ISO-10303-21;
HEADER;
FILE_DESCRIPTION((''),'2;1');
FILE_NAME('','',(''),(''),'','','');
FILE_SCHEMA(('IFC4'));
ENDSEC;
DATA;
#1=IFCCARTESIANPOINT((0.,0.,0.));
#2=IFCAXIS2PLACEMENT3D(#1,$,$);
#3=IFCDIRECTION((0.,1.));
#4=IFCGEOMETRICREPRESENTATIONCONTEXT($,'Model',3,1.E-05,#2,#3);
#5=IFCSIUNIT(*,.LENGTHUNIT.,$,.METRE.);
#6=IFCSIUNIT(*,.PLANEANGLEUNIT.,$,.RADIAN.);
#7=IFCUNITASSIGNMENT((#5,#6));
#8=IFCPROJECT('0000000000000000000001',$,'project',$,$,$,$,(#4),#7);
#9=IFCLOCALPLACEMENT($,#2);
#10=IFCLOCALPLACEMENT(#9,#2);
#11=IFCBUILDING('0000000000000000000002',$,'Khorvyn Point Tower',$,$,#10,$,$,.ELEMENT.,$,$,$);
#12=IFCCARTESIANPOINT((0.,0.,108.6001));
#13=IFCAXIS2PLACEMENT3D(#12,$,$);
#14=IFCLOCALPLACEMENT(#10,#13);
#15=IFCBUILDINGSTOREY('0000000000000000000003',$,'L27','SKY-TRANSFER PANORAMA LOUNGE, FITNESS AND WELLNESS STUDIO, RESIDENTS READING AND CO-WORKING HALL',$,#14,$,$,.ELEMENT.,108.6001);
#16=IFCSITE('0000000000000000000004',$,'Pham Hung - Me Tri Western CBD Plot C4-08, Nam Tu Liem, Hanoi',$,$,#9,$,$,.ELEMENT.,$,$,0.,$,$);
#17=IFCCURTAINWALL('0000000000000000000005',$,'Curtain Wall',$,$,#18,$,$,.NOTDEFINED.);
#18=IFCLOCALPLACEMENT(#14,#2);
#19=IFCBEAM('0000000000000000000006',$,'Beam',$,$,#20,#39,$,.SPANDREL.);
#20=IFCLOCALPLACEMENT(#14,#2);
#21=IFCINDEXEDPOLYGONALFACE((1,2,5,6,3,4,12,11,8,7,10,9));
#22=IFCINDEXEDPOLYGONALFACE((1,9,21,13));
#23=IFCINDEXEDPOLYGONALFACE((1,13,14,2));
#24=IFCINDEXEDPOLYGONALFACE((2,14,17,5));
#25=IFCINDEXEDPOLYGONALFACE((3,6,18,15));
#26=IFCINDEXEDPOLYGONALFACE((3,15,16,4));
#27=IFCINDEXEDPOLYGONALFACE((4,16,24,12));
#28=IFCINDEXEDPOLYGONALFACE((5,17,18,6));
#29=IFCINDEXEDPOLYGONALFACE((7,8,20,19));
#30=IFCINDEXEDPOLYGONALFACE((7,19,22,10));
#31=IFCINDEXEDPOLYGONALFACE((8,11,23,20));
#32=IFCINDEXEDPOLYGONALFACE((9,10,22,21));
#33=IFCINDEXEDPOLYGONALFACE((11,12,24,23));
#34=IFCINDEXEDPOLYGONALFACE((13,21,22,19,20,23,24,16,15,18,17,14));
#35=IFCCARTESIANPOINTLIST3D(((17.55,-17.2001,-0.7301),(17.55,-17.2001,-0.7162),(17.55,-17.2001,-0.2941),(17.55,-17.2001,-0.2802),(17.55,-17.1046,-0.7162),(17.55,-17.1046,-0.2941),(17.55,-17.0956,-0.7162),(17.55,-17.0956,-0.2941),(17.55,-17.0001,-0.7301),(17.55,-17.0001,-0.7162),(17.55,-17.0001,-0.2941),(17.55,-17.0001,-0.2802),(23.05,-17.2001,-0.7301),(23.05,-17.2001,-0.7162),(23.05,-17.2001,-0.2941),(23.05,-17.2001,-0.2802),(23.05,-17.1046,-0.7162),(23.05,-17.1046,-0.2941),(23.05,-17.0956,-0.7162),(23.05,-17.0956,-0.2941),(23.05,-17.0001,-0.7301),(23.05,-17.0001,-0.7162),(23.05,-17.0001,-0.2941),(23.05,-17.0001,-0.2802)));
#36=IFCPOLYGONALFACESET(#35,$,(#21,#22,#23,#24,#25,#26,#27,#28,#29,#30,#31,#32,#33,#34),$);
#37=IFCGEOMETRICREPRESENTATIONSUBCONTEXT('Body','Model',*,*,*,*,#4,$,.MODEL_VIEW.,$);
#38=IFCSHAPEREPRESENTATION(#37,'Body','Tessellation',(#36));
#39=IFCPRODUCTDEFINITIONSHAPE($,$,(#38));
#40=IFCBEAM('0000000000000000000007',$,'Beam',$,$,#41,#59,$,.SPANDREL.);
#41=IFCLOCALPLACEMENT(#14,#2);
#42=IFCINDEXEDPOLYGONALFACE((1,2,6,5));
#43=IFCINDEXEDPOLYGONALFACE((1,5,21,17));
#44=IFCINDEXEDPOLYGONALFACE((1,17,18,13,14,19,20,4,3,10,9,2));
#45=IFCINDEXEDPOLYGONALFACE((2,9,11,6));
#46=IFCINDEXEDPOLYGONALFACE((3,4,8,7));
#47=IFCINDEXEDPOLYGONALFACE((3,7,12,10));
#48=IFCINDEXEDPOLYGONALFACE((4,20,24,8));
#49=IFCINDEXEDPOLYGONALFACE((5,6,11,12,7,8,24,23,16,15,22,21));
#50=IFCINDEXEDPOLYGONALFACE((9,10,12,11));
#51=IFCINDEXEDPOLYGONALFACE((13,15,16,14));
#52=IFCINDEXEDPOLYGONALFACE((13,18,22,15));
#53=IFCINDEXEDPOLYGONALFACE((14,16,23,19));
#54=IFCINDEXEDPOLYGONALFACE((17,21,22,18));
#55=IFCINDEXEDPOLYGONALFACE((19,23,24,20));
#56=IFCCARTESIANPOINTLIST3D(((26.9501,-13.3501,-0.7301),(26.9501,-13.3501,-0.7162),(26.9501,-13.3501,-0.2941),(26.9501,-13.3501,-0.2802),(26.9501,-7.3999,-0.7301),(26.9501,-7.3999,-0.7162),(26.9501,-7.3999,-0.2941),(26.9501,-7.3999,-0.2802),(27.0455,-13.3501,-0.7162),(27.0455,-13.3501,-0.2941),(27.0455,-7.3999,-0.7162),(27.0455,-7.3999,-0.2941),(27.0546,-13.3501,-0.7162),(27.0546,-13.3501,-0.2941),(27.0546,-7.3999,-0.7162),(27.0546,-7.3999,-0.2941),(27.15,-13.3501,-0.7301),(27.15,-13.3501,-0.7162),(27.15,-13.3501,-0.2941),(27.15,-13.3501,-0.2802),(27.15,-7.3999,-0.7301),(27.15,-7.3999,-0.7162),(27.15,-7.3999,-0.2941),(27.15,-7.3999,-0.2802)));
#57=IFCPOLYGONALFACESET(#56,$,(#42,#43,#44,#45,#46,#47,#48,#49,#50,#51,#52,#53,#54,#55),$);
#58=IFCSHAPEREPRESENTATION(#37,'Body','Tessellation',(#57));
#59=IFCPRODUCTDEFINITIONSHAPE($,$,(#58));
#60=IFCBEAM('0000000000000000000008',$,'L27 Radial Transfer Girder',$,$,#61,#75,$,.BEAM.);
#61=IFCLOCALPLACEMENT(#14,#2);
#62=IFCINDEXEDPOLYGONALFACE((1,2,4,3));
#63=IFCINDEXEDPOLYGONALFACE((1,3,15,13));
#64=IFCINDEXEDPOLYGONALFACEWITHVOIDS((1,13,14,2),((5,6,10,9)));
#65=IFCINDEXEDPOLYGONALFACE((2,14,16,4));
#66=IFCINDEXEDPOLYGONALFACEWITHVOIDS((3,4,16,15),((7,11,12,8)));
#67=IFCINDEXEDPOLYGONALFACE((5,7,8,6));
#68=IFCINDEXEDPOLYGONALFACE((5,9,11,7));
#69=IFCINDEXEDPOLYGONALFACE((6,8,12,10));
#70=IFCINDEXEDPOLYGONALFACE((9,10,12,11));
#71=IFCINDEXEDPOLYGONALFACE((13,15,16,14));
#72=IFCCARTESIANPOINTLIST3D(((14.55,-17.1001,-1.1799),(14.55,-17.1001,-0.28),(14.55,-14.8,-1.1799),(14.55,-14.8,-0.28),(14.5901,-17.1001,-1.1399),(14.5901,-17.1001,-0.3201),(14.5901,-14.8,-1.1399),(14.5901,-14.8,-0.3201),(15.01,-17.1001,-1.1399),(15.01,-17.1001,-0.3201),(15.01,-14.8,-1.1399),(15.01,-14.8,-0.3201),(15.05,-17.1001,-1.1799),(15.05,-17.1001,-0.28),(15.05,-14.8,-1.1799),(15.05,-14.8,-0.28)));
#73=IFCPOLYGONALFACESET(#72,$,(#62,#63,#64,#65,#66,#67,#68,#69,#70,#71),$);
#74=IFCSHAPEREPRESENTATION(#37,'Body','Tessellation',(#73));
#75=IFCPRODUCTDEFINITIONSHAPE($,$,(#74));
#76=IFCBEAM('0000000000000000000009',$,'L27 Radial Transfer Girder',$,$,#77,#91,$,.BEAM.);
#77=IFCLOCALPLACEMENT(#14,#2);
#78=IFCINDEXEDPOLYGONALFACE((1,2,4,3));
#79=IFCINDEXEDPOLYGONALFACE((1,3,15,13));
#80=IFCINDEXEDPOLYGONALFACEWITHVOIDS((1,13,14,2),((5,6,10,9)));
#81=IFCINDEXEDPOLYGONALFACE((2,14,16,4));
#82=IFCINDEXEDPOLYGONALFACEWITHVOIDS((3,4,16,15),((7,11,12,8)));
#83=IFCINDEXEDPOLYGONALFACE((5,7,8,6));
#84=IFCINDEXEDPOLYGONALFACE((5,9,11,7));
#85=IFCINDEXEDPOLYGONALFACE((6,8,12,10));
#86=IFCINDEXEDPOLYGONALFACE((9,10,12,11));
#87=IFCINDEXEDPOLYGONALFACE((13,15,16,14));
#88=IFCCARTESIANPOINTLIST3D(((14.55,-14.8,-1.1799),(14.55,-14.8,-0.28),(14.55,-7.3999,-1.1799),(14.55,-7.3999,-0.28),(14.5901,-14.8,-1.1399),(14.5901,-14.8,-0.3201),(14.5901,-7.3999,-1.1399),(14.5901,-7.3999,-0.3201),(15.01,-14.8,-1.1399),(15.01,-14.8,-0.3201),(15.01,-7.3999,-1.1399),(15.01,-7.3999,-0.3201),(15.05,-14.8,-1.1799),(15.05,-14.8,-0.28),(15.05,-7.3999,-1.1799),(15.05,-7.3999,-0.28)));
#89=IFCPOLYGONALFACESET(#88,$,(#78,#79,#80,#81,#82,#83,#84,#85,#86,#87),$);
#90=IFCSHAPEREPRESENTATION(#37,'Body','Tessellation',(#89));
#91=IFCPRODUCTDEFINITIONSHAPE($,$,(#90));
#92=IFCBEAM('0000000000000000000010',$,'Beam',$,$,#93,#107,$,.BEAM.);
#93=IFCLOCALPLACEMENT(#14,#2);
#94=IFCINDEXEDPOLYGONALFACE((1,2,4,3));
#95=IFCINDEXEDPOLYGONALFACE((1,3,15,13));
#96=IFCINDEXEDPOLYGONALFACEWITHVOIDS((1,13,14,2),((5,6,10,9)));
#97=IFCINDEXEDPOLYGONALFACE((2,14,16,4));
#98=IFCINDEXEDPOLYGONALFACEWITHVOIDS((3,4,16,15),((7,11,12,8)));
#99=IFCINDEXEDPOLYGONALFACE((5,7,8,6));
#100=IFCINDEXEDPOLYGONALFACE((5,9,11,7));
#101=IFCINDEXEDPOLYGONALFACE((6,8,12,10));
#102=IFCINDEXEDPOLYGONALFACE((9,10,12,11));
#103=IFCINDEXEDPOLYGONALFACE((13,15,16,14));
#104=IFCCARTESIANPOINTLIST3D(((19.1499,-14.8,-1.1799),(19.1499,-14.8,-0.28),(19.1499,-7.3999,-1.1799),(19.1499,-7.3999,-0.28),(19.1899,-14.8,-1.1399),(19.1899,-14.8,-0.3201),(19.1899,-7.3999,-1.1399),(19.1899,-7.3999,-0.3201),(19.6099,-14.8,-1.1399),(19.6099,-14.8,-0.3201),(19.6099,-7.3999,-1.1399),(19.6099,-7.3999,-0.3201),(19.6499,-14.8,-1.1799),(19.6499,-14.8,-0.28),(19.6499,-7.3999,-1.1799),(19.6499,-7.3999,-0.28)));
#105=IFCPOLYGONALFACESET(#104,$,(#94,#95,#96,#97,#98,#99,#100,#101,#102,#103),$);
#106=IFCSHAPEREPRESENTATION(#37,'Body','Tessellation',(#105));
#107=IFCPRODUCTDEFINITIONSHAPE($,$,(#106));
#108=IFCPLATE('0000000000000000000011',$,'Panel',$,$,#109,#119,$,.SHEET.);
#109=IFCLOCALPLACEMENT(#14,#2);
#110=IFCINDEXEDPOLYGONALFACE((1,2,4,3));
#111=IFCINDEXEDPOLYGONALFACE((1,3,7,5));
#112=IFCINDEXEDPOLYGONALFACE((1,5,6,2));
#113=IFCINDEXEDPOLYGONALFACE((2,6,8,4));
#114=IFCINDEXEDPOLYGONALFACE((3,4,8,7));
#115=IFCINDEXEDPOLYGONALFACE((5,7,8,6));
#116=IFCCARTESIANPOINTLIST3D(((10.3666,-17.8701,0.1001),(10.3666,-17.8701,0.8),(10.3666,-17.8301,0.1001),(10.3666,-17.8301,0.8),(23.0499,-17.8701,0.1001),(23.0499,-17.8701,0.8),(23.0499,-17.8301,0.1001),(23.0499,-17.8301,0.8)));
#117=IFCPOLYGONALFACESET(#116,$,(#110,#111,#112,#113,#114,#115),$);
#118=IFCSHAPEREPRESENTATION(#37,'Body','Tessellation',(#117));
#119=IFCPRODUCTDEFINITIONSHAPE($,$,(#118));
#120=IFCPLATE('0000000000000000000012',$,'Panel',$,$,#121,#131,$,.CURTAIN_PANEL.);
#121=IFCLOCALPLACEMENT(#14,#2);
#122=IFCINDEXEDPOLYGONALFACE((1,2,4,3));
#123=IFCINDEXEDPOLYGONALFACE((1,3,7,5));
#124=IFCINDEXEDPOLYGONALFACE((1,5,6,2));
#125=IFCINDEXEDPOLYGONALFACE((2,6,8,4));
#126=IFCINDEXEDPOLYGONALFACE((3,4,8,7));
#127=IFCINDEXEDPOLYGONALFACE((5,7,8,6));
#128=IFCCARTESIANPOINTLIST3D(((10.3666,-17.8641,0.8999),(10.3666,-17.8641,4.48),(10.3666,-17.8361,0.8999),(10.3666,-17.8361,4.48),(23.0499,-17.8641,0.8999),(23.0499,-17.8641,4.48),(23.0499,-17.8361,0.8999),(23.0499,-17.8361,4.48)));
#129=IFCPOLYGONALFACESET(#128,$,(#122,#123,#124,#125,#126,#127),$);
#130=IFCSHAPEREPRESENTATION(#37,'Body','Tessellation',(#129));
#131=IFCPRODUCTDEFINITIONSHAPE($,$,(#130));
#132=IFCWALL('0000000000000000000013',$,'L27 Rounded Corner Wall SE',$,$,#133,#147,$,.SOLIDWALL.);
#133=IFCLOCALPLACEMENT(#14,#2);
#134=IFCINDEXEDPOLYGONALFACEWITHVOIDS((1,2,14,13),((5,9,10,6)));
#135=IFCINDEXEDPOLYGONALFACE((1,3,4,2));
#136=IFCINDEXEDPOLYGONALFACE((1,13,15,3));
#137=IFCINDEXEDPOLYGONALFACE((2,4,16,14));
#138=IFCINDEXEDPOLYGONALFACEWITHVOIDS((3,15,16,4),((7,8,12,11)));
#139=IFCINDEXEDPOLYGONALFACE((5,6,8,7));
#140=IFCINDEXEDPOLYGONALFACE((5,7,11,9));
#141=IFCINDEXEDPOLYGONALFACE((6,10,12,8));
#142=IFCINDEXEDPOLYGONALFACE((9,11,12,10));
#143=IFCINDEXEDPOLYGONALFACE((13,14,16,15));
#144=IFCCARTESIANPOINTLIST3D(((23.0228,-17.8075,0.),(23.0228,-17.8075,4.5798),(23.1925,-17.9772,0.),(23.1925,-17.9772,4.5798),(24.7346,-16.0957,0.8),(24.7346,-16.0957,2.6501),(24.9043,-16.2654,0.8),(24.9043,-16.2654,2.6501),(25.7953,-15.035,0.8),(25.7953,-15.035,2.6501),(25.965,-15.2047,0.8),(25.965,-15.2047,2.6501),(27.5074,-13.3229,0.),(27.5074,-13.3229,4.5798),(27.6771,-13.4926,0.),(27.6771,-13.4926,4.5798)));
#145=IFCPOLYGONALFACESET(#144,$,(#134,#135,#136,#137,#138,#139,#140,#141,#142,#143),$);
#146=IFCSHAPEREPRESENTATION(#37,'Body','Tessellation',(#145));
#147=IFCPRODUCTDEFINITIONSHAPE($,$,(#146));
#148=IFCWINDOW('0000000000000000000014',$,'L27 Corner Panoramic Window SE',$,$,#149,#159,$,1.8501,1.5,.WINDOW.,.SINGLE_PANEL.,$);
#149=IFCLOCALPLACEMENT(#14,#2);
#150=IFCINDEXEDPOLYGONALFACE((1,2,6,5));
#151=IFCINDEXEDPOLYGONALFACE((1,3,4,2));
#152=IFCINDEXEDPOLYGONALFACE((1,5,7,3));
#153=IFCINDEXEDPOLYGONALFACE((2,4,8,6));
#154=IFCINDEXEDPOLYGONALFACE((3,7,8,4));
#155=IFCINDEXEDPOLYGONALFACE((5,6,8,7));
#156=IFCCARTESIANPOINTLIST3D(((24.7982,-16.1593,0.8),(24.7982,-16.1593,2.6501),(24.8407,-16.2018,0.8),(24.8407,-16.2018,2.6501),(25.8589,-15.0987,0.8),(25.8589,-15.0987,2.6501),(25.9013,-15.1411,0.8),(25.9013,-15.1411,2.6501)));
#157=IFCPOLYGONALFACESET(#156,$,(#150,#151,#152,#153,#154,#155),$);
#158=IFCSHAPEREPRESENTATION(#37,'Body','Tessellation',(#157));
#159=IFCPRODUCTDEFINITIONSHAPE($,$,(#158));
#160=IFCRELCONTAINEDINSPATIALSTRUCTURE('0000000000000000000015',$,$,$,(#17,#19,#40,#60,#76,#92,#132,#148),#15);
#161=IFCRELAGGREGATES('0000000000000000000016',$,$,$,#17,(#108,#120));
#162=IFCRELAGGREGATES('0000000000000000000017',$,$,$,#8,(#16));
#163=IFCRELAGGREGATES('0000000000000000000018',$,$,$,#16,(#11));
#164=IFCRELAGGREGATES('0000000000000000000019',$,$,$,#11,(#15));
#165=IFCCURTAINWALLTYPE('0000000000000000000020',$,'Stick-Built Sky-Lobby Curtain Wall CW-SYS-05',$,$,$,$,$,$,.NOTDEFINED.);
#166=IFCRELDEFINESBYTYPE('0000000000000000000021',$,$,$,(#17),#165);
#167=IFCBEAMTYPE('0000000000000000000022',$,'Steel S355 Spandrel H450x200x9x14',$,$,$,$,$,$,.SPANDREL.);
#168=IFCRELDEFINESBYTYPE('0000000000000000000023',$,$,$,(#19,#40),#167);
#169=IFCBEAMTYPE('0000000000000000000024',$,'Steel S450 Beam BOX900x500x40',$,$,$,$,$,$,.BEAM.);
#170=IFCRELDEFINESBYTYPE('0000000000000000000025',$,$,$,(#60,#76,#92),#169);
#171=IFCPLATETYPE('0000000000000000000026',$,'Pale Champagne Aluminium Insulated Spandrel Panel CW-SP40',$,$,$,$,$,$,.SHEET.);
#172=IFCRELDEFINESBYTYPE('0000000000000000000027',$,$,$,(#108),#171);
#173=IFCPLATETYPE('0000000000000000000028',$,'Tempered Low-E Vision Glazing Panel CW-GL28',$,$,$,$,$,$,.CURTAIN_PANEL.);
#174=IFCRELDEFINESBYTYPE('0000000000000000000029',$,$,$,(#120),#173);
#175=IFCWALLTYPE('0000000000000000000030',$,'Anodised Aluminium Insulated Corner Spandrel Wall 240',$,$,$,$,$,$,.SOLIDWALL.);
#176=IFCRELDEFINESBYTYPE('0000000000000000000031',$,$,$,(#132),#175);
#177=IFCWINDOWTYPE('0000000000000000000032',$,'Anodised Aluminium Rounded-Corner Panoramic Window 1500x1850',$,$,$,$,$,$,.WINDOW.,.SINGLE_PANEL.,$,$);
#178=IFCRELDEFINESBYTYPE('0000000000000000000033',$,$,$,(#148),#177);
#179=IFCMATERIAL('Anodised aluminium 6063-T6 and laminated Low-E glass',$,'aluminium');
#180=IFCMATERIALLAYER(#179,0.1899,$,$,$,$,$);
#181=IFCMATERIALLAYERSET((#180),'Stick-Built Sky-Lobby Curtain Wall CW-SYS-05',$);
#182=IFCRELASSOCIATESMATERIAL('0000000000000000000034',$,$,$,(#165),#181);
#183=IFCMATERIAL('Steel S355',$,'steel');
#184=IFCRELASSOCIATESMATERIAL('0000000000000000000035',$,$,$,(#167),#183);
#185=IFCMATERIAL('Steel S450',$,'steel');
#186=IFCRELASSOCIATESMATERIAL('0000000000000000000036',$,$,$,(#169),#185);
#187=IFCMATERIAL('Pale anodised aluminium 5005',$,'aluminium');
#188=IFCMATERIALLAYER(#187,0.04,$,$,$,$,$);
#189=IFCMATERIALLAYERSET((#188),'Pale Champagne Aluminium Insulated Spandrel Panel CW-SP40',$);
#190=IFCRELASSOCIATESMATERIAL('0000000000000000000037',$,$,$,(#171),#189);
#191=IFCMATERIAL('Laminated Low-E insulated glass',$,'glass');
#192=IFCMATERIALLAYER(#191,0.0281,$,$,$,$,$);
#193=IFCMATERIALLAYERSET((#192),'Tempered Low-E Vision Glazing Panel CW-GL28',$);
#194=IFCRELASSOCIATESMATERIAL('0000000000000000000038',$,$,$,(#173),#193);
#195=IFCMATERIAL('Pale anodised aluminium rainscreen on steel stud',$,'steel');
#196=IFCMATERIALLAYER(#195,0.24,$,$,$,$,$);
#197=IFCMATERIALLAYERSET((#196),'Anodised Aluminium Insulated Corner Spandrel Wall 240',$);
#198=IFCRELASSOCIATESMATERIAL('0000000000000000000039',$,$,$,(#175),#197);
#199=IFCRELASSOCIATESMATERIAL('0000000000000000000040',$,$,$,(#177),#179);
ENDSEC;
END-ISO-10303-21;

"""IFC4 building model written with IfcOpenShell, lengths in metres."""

from ifc_helpers import new_model, si_unit, direction, frame, frame_2d, origin, origin_2d, place, context, subcontext, project, spatial, rectangle, hollow_rectangle, i_section, extrude, material, layer, layer_set, material_profile, profile_set, type_object, element, fill, aggregate, save


model = new_model("IFC4")

# Units and contexts
model_context = context("Model", 3, precision=1e-05, world=origin(), true_north=direction((0.0, 1.0)))
body_context = subcontext(model_context, "Body", "Model", "MODEL_VIEW")
ifc_project = project(units=[si_unit("LENGTHUNIT", "METRE"), si_unit("PLANEANGLEUNIT", "RADIAN")], contexts=[model_context])

# Site, building, storey
site_placement = place(None, origin())
site = spatial("IfcSite", under=ifc_project, at=site_placement, Name="Pham Hung - Me Tri Western CBD Plot C4-08, Nam Tu Liem, Hanoi", CompositionType="ELEMENT", RefElevation=0.0)
building_placement = place(site_placement, origin())
building = spatial("IfcBuilding", under=site, at=building_placement, Name="Khorvyn Point Tower", CompositionType="ELEMENT")
storey_placement = place(building_placement, frame((0.0, 0.0, 108.6001)))
storey = spatial("IfcBuildingStorey", under=building, at=storey_placement, Name="L27", Description="SKY-TRANSFER PANORAMA LOUNGE, FITNESS AND WELLNESS STUDIO, RESIDENTS READING AND CO-WORKING HALL", CompositionType="ELEMENT", Elevation=108.6001)

# Shared definitions
ifc_material_1 = material(Name="Steel S450", Category="steel")

# Curtain wall
ifc_material_2 = material(Name="Anodised aluminium 6063-T6 and laminated Low-E glass", Category="aluminium")
ifc_layer_1 = layer(ifc_material_2, 0.1899)
ifc_layer_set_1 = layer_set([ifc_layer_1], Name="Stick-Built Sky-Lobby Curtain Wall CW-SYS-05")
curtain_wall_type = type_object("IfcCurtainWallType", Name="Stick-Built Sky-Lobby Curtain Wall CW-SYS-05", PredefinedType="NOTDEFINED", material=ifc_layer_set_1)
curtain_wall_1_placement = place(storey_placement, origin())
curtain_wall_1 = element("IfcCurtainWall", 1, at=curtain_wall_1_placement, inside=storey, type_object=curtain_wall_type, Name="Curtain Wall", PredefinedType="NOTDEFINED")

# Beams
ifc_material_3 = material(Name="Steel S355", Category="steel")
ifc_material_profile_1 = material_profile(ifc_material_3, i_section(OverallWidth=0.2, OverallDepth=0.45, WebThickness=0.009, FlangeThickness=0.0139, at=origin_2d()))
ifc_profile_set_1 = profile_set([ifc_material_profile_1], Name="Steel S355 H450x200x9x14")
beam_type_1 = type_object("IfcBeamType", Name="Steel S355 Spandrel H450x200x9x14", PredefinedType="SPANDREL", material=ifc_profile_set_1)
beam_1_placement = place(storey_placement, frame((17.55, -17.1001, -0.5051), z_axis=(1.0, 0.0, 0.0), x_axis=(0.0, 1.0, 0.0)))
element("IfcBeam", 2, at=beam_1_placement, inside=storey, type_object=beam_type_1, Name="Beam", PredefinedType="SPANDREL", context=body_context, shape_type="SweptSolid", body=[
    extrude(i_section(OverallWidth=0.2, OverallDepth=0.45, WebThickness=0.009, FlangeThickness=0.0139, at=origin_2d()), origin(), (0.0, 0.0, 1.0), 5.5),
])
beam_2_placement = place(storey_placement, frame((27.05, -13.3501, -0.5051), z_axis=(0.0, 1.0, 0.0), x_axis=(-1.0, 0.0, 0.0)))
element("IfcBeam", 3, at=beam_2_placement, inside=storey, type_object=beam_type_1, Name="Beam", PredefinedType="SPANDREL", context=body_context, shape_type="SweptSolid", body=[
    extrude(i_section(OverallWidth=0.2, OverallDepth=0.45, WebThickness=0.009, FlangeThickness=0.0139, at=origin_2d()), origin(), (0.0, 0.0, 1.0), 5.9502),
])
ifc_material_profile_2 = material_profile(ifc_material_1, hollow_rectangle(XDim=0.5, YDim=0.8999, WallThickness=0.04, at=origin_2d()))
ifc_profile_set_2 = profile_set([ifc_material_profile_2], Name="Steel S450 BOX900x500x40")
beam_type_2 = type_object("IfcBeamType", Name="Steel S450 Beam BOX900x500x40", PredefinedType="BEAM", material=ifc_profile_set_2)
beam_3_placement = place(storey_placement, frame((14.8, -17.1001, -0.73), z_axis=(0.0, 1.0, 0.0), x_axis=(-1.0, 0.0, 0.0)))
element("IfcBeam", 4, at=beam_3_placement, inside=storey, type_object=beam_type_2, Name="L27 Radial Transfer Girder", PredefinedType="BEAM", context=body_context, shape_type="SweptSolid", body=[
    extrude(hollow_rectangle(XDim=0.5, YDim=0.8999, WallThickness=0.04, at=origin_2d()), origin(), (0.0, 0.0, 1.0), 2.3),
])
for number, where, z_axis, x_axis, name in (
    (5, (14.8, -14.8, -0.73), (0.0, 1.0, 0.0), (-1.0, 0.0, 0.0), "L27 Radial Transfer Girder"),
    (6, (19.3999, -14.8, -0.73), (0.0, 1.0, 0.0), (-1.0, 0.0, 0.0), "Beam"),
):
    element("IfcBeam", number, at=place(storey_placement, frame(where, z_axis=z_axis, x_axis=x_axis)), inside=storey, type_object=beam_type_2, Name=name, PredefinedType="BEAM", context=body_context, shape_type="SweptSolid", body=[
        extrude(hollow_rectangle(XDim=0.5, YDim=0.8999, WallThickness=0.04, at=origin_2d()), origin(), (0.0, 0.0, 1.0), 7.4001),
    ])

# Plates
ifc_material_4 = material(Name="Pale anodised aluminium 5005", Category="aluminium")
ifc_layer_2 = layer(ifc_material_4, 0.04)
ifc_layer_set_2 = layer_set([ifc_layer_2], Name="Pale Champagne Aluminium Insulated Spandrel Panel CW-SP40")
plate_type_1 = type_object("IfcPlateType", Name="Pale Champagne Aluminium Insulated Spandrel Panel CW-SP40", PredefinedType="SHEET", material=ifc_layer_set_2)
plate_1_placement = place(storey_placement, frame((16.7083, -17.8501, 0.1001), z_axis=(0.0, 0.0, 1.0), x_axis=(-1.0, 0.0, 0.0)))
plate_1 = element("IfcPlate", 7, at=plate_1_placement, type_object=plate_type_1, Name="Panel", PredefinedType="SHEET", context=body_context, shape_type="SweptSolid", body=[
    extrude(rectangle(XDim=12.6833, YDim=0.04, at=origin_2d()), origin(), (0.0, 0.0, 1.0), 0.7),
])
ifc_material_5 = material(Name="Laminated Low-E insulated glass", Category="glass")
ifc_layer_3 = layer(ifc_material_5, 0.0281)
ifc_layer_set_3 = layer_set([ifc_layer_3], Name="Tempered Low-E Vision Glazing Panel CW-GL28")
plate_type_2 = type_object("IfcPlateType", Name="Tempered Low-E Vision Glazing Panel CW-GL28", PredefinedType="CURTAIN_PANEL", material=ifc_layer_set_3)
plate_2_placement = place(storey_placement, frame((16.7083, -17.8501, 0.8999), z_axis=(0.0, 0.0, 1.0), x_axis=(-1.0, 0.0, 0.0)))
plate_2 = element("IfcPlate", 8, at=plate_2_placement, type_object=plate_type_2, Name="Panel", PredefinedType="CURTAIN_PANEL", context=body_context, shape_type="SweptSolid", body=[
    extrude(rectangle(XDim=12.6833, YDim=0.0281, at=origin_2d()), origin(), (0.0, 0.0, 1.0), 3.5801),
])
aggregate(curtain_wall_1, [plate_1, plate_2])

# Wall, opening, window
ifc_material_6 = material(Name="Pale anodised aluminium rainscreen on steel stud", Category="steel")
ifc_layer_4 = layer(ifc_material_6, 0.24)
ifc_layer_set_4 = layer_set([ifc_layer_4], Name="Anodised Aluminium Insulated Corner Spandrel Wall 240")
wall_type_1 = type_object("IfcWallType", Name="Anodised Aluminium Insulated Corner Spandrel Wall 240", PredefinedType="SOLIDWALL", material=ifc_layer_set_4)
wall_1_placement = place(storey_placement, frame((27.5923, -13.4077, 0.0), z_axis=(0.0, 0.0, 1.0), x_axis=(-0.707107, -0.707107, 0.0)))
wall_1 = element("IfcWall", 9, at=wall_1_placement, inside=storey, type_object=wall_type_1, Name="L27 Rounded Corner Wall SE", PredefinedType="SOLIDWALL", context=body_context, shape_type="SweptSolid", body=[
    extrude(rectangle(XDim=6.3423, YDim=0.24, at=frame_2d((3.1711, 0.0))), origin(), (0.0, 0.0, 1.0), 4.5798),
])
opening_1_placement = place(wall_1_placement, frame((2.4214, 0.0, 0.8)))
opening_1 = element("IfcOpeningElement", 10, at=opening_1_placement, cuts=wall_1, PredefinedType="OPENING", context=body_context, shape_type="SweptSolid", body=[
    extrude(rectangle(XDim=1.5, YDim=1.8501, at=frame_2d((0.75, 0.925))), frame((0.0, 0.1299, 0.0), z_axis=(0.0, -1.0, 0.0), x_axis=(1.0, 0.0, 0.0)), (0.0, 0.0, 1.0), 0.26),
])
window_type = type_object("IfcWindowType", Name="Anodised Aluminium Rounded-Corner Panoramic Window 1500x1850", PartitioningType="SINGLE_PANEL", PredefinedType="WINDOW", material=ifc_material_2)
window_placement = place(opening_1_placement, origin())
window = element("IfcWindow", 11, at=window_placement, inside=storey, type_object=window_type, Name="L27 Corner Panoramic Window SE", OverallHeight=1.8501, OverallWidth=1.5, PartitioningType="SINGLE_PANEL", PredefinedType="WINDOW", context=body_context, shape_type="SweptSolid", body=[
    extrude(rectangle(XDim=1.5, YDim=1.8501, at=frame_2d((0.75, 0.925))), frame((0.0, 0.03, 0.0), z_axis=(0.0, -1.0, 0.0), x_axis=(1.0, 0.0, 0.0)), (0.0, 0.0, 1.0), 0.0601),
])
fill(opening_1, window)

save(model, "model.ifc")
